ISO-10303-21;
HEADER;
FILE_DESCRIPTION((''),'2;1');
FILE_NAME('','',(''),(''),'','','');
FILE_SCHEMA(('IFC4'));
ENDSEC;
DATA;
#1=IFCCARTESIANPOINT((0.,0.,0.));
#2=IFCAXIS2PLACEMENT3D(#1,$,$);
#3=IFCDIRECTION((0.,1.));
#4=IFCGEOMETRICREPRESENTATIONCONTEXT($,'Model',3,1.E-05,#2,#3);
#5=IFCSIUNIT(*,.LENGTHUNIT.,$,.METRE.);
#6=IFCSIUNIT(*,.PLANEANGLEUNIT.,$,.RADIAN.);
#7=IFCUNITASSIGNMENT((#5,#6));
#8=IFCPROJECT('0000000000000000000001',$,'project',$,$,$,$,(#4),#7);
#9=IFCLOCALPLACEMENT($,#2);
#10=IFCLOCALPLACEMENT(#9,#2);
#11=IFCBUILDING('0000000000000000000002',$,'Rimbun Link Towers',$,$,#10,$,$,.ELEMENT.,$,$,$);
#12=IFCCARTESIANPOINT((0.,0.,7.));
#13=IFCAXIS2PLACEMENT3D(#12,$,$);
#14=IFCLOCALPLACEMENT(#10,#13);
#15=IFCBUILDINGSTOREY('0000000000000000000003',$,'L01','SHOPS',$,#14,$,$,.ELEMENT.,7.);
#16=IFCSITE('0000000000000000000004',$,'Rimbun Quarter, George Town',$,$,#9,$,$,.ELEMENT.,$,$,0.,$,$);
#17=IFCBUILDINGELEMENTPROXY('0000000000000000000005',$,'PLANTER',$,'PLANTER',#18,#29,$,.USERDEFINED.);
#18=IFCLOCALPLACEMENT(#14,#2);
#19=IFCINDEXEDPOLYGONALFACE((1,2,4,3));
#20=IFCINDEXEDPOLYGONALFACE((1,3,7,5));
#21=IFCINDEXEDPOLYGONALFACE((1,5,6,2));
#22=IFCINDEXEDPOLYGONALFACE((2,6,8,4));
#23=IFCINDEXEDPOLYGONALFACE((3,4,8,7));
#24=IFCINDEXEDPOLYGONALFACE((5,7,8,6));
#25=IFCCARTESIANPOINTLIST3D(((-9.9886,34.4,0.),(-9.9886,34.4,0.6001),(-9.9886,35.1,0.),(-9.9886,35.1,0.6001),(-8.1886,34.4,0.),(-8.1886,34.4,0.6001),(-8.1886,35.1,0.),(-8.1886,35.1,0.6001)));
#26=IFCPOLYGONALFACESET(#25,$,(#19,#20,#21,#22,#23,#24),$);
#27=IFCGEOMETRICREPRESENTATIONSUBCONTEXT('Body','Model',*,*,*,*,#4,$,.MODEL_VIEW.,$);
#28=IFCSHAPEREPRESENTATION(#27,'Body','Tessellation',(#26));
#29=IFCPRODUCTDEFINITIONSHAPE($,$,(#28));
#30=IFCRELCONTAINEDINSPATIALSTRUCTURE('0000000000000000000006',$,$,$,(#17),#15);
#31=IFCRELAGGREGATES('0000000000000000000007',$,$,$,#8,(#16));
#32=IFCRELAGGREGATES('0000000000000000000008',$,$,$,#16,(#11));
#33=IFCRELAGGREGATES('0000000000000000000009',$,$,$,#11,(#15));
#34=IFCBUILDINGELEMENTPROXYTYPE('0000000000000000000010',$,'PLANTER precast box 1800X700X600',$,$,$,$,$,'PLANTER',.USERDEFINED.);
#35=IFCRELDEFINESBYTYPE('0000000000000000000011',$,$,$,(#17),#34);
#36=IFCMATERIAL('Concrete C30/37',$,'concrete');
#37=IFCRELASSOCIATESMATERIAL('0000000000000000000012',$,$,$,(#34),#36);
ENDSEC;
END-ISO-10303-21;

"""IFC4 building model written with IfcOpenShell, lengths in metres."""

from ifc_helpers import new_model, si_unit, direction, frame, origin, origin_2d, place, context, subcontext, project, spatial, rectangle, extrude, material, type_object, element, save


model = new_model("IFC4")

# Units and contexts
model_context = context("Model", 3, precision=1e-05, world=origin(), true_north=direction((0.0, 1.0)))
body_context = subcontext(model_context, "Body", "Model", "MODEL_VIEW")
ifc_project = project(units=[si_unit("LENGTHUNIT", "METRE"), si_unit("PLANEANGLEUNIT", "RADIAN")], contexts=[model_context])

# Site, building, storey
site_placement = place(None, origin())
site = spatial("IfcSite", under=ifc_project, at=site_placement, Name="Rimbun Quarter, George Town", CompositionType="ELEMENT", RefElevation=0.0)
building_placement = place(site_placement, origin())
building = spatial("IfcBuilding", under=site, at=building_placement, Name="Rimbun Link Towers", CompositionType="ELEMENT")
storey_placement = place(building_placement, frame((0.0, 0.0, 7.0)))
storey = spatial("IfcBuildingStorey", under=building, at=storey_placement, Name="L01", Description="SHOPS", CompositionType="ELEMENT", Elevation=7.0)

# Building element proxy
ifc_material_1 = material(Name="Concrete C30/37", Category="concrete")
building_element_proxy_type = type_object("IfcBuildingElementProxyType", Name="PLANTER precast box 1800X700X600", ElementType="PLANTER", PredefinedType="USERDEFINED", material=ifc_material_1)
proxy_placement = place(storey_placement, frame((-9.0886, 34.75, 0.0), z_axis=(0.0, 0.0, 1.0), x_axis=(-1.0, 0.0, 0.0)))
element("IfcBuildingElementProxy", 1, at=proxy_placement, inside=storey, type_object=building_element_proxy_type, Name="PLANTER", ObjectType="PLANTER", PredefinedType="USERDEFINED", context=body_context, shape_type="SweptSolid", body=[
    extrude(rectangle(XDim=1.8, YDim=0.7, at=origin_2d()), origin(), (0.0, 0.0, 1.0), 0.6001),
])

save(model, "model.ifc")
